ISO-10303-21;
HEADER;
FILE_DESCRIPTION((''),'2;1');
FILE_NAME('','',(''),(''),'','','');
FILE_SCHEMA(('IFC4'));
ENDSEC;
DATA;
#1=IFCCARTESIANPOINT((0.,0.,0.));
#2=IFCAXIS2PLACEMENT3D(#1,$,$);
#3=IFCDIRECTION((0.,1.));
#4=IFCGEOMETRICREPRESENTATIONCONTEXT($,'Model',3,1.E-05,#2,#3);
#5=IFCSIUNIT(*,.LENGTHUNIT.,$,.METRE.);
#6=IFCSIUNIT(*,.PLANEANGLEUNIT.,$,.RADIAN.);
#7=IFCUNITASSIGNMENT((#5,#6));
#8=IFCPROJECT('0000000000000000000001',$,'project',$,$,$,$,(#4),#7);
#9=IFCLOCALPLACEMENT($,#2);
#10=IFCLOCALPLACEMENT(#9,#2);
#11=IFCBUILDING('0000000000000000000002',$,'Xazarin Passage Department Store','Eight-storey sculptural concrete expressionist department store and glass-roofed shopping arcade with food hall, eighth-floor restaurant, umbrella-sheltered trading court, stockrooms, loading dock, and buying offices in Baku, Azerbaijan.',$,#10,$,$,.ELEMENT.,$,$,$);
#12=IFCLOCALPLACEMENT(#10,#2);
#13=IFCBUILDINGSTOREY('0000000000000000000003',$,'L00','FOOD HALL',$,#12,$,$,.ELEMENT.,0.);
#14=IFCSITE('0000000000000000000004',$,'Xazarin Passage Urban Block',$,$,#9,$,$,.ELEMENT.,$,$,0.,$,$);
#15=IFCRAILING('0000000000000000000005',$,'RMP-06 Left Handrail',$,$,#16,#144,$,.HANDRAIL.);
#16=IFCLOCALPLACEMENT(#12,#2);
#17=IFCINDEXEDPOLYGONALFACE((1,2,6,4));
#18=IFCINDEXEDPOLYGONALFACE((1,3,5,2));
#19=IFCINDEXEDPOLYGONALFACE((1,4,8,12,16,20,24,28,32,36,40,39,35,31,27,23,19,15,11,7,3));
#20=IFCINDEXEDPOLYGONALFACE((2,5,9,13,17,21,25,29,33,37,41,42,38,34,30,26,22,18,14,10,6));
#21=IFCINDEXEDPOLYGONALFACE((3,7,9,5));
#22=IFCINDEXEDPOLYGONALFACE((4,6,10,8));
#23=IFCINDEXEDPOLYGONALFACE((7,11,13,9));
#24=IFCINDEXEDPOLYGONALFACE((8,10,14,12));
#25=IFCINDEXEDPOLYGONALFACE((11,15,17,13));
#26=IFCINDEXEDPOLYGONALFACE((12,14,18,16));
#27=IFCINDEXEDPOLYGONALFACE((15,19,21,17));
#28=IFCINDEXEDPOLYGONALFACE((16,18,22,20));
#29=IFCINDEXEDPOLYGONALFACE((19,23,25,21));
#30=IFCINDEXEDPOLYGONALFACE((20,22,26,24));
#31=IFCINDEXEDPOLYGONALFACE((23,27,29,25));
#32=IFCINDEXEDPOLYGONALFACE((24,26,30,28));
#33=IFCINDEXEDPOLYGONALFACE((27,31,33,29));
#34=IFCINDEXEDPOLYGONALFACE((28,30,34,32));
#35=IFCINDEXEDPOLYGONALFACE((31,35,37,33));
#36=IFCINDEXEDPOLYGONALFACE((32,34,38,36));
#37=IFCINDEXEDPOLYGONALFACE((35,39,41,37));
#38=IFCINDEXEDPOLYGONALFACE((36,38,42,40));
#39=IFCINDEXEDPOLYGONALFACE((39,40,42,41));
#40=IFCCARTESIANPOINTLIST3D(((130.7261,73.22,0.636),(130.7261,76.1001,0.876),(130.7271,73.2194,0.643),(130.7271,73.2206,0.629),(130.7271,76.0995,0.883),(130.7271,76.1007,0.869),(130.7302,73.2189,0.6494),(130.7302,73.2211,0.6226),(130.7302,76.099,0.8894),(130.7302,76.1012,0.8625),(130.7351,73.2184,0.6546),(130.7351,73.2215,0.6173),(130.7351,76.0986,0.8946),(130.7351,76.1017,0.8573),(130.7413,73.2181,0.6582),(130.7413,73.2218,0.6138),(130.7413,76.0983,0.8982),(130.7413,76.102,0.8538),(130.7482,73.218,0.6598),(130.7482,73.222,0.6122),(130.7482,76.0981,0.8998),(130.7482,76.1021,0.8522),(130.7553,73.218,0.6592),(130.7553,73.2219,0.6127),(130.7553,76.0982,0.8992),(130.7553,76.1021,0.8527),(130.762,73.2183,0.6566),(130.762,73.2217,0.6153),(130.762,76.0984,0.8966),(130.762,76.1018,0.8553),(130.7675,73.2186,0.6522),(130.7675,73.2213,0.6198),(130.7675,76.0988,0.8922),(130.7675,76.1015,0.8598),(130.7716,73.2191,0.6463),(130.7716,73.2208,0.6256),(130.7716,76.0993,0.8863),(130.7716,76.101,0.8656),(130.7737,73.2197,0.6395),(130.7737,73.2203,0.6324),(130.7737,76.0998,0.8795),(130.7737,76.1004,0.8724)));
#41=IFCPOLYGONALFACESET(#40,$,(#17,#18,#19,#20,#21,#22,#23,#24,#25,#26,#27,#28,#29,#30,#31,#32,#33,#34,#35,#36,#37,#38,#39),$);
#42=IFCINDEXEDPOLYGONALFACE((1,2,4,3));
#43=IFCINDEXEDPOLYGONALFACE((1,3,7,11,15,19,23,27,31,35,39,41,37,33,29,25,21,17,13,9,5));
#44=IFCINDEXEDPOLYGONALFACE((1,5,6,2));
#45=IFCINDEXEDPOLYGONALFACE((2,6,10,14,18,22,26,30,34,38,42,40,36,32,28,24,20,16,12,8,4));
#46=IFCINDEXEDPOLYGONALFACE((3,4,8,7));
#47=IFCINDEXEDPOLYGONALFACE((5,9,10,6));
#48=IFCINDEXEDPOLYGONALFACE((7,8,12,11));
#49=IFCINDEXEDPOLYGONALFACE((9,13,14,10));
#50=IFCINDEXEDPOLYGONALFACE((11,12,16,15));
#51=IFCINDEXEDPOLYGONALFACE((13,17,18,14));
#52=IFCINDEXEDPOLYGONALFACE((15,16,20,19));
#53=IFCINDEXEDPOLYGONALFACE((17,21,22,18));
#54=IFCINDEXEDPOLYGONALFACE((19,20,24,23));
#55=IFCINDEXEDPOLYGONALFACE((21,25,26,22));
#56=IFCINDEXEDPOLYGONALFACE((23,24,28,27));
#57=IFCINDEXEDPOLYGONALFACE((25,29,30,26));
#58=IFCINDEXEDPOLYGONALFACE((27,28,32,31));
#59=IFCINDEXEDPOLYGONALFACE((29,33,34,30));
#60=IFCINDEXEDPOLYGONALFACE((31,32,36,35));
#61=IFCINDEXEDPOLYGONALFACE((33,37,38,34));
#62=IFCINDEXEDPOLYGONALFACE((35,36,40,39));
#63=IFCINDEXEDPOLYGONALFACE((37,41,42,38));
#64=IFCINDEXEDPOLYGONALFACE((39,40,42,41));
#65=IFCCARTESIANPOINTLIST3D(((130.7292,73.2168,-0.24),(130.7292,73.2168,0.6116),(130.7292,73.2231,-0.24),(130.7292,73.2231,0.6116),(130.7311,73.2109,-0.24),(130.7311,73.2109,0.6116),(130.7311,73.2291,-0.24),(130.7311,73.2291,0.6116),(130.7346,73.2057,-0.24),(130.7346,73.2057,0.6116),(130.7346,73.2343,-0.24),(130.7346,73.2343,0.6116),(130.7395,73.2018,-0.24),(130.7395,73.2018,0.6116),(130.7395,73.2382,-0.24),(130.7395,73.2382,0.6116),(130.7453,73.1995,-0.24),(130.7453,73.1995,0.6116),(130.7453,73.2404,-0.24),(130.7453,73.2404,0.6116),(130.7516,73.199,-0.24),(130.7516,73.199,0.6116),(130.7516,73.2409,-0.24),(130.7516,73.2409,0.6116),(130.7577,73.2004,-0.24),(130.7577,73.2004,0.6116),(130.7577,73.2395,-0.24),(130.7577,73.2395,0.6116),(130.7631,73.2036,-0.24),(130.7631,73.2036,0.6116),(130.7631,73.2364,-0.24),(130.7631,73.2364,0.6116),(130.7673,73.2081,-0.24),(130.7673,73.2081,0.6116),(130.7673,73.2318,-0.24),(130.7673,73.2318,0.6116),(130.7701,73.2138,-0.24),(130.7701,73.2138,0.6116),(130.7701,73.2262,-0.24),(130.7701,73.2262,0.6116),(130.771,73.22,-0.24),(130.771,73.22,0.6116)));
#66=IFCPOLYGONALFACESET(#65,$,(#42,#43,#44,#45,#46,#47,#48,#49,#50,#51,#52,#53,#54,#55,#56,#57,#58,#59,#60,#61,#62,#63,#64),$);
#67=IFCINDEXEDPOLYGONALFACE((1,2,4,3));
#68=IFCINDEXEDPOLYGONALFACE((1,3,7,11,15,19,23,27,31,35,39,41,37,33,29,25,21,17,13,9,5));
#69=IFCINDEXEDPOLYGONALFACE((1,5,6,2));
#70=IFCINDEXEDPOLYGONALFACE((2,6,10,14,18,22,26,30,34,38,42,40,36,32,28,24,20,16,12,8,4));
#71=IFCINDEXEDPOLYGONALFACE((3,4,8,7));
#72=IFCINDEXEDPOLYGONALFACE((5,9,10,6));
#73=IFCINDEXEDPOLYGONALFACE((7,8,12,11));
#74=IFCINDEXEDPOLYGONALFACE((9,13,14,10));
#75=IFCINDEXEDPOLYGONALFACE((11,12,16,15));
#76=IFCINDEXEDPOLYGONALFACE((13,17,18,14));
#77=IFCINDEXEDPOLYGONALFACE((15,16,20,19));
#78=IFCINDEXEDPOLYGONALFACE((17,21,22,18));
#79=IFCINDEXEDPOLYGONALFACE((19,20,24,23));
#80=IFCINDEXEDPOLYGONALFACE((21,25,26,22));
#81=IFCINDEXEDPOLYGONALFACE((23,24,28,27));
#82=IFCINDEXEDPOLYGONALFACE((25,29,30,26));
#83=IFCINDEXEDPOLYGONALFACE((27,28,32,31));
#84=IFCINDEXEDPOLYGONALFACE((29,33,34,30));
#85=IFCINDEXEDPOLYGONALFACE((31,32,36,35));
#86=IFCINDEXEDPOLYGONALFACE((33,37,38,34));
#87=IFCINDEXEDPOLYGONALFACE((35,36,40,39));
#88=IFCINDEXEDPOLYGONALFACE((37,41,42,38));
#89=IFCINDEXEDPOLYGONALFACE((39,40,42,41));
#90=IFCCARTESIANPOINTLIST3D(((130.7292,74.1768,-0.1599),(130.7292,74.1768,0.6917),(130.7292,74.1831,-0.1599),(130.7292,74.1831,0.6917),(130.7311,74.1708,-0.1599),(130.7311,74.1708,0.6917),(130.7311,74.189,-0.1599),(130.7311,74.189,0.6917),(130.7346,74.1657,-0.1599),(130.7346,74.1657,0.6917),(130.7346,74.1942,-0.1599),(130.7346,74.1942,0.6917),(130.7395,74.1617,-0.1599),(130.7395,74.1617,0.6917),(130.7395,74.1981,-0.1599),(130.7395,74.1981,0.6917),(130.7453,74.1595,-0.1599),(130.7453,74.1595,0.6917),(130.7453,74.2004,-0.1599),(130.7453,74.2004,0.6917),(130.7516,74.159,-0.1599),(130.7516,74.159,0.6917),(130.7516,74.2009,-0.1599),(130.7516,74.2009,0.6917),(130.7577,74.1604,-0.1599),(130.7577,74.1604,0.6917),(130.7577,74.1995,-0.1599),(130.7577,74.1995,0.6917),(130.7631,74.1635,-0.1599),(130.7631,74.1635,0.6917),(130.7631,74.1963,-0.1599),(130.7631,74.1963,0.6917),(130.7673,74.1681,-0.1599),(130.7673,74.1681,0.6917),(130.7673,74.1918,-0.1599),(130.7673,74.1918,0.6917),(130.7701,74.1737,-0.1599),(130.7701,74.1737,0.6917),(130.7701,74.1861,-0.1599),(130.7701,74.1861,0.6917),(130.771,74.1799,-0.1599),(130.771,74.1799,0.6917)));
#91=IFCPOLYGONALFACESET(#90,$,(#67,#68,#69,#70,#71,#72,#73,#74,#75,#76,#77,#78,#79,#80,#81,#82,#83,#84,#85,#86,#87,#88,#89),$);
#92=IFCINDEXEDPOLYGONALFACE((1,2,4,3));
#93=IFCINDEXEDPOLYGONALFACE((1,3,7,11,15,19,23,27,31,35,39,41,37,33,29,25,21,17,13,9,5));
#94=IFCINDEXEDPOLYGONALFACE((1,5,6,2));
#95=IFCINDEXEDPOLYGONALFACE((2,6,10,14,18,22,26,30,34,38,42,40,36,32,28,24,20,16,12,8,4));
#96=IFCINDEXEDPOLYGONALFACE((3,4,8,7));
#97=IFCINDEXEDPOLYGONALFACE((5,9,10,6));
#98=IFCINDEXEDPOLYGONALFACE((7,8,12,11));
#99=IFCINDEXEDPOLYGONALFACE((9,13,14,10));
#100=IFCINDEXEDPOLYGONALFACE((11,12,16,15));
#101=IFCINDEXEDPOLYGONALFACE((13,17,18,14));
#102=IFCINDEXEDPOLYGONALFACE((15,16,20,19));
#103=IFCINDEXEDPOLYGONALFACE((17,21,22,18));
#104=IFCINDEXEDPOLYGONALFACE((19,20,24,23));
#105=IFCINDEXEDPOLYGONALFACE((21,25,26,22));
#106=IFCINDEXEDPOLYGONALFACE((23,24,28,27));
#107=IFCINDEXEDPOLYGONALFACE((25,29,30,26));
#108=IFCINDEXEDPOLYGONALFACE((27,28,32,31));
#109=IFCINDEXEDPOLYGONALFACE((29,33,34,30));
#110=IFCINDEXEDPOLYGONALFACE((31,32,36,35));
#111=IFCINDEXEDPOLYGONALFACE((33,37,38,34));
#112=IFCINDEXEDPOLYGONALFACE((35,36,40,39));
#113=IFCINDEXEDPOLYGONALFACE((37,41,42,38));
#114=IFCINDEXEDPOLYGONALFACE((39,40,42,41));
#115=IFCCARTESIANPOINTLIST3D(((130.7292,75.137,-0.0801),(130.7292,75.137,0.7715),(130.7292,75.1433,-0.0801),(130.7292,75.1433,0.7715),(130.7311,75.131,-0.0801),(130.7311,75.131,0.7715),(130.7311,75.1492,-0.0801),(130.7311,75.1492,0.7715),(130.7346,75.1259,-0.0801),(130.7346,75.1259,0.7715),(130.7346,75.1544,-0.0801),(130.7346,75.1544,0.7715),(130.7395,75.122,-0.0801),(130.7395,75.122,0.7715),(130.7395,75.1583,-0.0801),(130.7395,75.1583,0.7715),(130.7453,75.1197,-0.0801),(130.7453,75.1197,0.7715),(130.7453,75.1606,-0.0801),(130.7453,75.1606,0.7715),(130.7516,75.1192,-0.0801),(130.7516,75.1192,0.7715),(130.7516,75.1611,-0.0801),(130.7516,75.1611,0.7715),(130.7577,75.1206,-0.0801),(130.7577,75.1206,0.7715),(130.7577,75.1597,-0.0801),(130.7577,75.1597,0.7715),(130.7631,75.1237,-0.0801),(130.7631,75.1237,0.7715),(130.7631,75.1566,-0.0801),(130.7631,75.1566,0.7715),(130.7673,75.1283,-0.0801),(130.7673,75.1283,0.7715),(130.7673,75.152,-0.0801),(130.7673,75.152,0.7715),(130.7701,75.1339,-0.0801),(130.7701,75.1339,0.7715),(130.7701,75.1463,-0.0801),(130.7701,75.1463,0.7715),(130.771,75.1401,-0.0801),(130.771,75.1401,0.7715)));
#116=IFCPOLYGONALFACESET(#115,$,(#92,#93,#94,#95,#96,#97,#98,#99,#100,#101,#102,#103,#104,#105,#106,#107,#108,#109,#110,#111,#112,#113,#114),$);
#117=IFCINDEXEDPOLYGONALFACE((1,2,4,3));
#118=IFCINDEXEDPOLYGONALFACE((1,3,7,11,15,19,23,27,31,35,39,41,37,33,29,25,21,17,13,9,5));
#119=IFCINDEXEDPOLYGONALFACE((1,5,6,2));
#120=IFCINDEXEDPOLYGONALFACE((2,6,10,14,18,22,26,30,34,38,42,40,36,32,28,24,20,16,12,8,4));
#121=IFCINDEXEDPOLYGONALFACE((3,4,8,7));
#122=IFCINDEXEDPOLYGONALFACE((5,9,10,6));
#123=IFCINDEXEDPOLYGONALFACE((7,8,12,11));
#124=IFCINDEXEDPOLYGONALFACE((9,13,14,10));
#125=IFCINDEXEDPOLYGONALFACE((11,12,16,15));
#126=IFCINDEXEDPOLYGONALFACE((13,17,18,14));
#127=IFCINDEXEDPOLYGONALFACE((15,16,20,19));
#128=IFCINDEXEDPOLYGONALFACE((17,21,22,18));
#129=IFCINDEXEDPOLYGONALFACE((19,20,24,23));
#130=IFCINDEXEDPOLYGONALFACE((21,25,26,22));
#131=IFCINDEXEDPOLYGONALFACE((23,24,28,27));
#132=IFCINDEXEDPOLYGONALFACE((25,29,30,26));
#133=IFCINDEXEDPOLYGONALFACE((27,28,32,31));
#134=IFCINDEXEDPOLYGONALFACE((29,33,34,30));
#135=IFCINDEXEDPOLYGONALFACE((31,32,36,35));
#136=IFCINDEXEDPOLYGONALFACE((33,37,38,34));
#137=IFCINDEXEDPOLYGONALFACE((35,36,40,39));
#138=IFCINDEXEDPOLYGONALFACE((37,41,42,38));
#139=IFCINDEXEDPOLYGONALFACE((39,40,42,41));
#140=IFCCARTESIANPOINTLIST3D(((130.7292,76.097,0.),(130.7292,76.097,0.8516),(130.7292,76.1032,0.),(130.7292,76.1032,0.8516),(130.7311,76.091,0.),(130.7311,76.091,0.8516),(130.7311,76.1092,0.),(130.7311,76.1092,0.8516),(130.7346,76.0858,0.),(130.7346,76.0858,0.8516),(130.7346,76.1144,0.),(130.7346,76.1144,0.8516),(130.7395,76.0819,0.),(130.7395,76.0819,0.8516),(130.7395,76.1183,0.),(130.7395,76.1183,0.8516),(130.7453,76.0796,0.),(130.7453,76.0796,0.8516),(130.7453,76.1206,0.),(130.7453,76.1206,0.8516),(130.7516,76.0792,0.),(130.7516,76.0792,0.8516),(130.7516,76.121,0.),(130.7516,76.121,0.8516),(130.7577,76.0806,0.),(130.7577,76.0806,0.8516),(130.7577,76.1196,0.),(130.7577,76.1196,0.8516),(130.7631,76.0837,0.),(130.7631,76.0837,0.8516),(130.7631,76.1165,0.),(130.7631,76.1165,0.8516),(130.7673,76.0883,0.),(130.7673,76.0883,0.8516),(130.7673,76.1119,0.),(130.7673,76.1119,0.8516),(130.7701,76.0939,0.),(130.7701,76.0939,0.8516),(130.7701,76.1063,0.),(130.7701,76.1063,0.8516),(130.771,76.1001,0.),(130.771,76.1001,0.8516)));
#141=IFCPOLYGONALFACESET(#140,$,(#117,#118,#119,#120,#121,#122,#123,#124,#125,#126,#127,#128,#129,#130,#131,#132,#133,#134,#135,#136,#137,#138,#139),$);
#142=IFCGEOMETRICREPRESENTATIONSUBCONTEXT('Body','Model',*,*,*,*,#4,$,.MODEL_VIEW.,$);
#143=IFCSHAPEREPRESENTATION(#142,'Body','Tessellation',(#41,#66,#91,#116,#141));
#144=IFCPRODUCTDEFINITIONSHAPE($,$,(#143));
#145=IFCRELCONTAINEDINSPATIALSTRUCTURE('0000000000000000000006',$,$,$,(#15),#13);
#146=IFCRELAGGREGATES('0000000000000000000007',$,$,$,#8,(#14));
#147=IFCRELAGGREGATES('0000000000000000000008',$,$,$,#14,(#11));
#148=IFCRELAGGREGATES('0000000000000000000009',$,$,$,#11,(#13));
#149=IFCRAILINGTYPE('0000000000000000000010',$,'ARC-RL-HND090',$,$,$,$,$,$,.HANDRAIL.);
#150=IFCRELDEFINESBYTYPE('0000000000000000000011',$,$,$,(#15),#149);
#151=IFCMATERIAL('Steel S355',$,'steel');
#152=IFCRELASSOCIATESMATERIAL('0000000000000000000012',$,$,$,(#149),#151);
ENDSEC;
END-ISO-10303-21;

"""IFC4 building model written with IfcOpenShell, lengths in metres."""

from ifc_helpers import new_model, si_unit, direction, frame, origin, origin_2d, place, context, subcontext, project, spatial, circle, extrude, material, type_object, element, save


model = new_model("IFC4")

# Units and contexts
model_context = context("Model", 3, precision=1e-05, world=origin(), true_north=direction((0.0, 1.0)))
body_context = subcontext(model_context, "Body", "Model", "MODEL_VIEW")
ifc_project = project(units=[si_unit("LENGTHUNIT", "METRE"), si_unit("PLANEANGLEUNIT", "RADIAN")], contexts=[model_context])

# Site, building, storey
site_placement = place(None, origin())
site = spatial("IfcSite", under=ifc_project, at=site_placement, Name="Xazarin Passage Urban Block", CompositionType="ELEMENT", RefElevation=0.0)
building_placement = place(site_placement, origin())
building = spatial("IfcBuilding", under=site, at=building_placement, Name="Xazarin Passage Department Store", Description="Eight-storey sculptural concrete expressionist department store and glass-roofed shopping arcade with food hall, eighth-floor restaurant, umbrella-sheltered trading court, stockrooms, loading dock, and buying offices in Baku, Azerbaijan.", CompositionType="ELEMENT")
storey_placement = place(building_placement, origin())
storey = spatial("IfcBuildingStorey", under=building, at=storey_placement, Name="L00", Description="FOOD HALL", CompositionType="ELEMENT", Elevation=0.0)

# Shared definitions
ifc_material_1 = material(Name="Steel S355", Category="steel")

# Railing
railing_type = type_object("IfcRailingType", Name="ARC-RL-HND090", PredefinedType="HANDRAIL", material=ifc_material_1)
for number, where, name in (
    (1, (130.75, 73.22, -0.24), "RMP-06 Left Handrail"),
):
    element("IfcRailing", number, at=place(storey_placement, frame(where)), inside=storey, type_object=railing_type, Name=name, PredefinedType="HANDRAIL", context=body_context, shape_type="SweptSolid", body=[
        extrude(circle(Radius=0.0239, at=origin_2d()), frame((0.0, 0.0, 0.876), z_axis=(0.0, 0.996546, 0.083038), x_axis=(-1.0, 0.0, 0.0)), (0.0, 0.0, 1.0), 2.8901),
        extrude(circle(Radius=0.021, at=origin_2d()), origin(), (0.0, 0.0, 1.0), 0.8516),
        extrude(circle(Radius=0.021, at=origin_2d()), frame((0.0, 0.96, 0.0801)), (0.0, 0.0, 1.0), 0.8516),
        extrude(circle(Radius=0.021, at=origin_2d()), frame((0.0, 1.9202, 0.1599)), (0.0, 0.0, 1.0), 0.8516),
        extrude(circle(Radius=0.021, at=origin_2d()), frame((0.0, 2.8801, 0.24)), (0.0, 0.0, 1.0), 0.8516),
    ])

save(model, "model.ifc")
